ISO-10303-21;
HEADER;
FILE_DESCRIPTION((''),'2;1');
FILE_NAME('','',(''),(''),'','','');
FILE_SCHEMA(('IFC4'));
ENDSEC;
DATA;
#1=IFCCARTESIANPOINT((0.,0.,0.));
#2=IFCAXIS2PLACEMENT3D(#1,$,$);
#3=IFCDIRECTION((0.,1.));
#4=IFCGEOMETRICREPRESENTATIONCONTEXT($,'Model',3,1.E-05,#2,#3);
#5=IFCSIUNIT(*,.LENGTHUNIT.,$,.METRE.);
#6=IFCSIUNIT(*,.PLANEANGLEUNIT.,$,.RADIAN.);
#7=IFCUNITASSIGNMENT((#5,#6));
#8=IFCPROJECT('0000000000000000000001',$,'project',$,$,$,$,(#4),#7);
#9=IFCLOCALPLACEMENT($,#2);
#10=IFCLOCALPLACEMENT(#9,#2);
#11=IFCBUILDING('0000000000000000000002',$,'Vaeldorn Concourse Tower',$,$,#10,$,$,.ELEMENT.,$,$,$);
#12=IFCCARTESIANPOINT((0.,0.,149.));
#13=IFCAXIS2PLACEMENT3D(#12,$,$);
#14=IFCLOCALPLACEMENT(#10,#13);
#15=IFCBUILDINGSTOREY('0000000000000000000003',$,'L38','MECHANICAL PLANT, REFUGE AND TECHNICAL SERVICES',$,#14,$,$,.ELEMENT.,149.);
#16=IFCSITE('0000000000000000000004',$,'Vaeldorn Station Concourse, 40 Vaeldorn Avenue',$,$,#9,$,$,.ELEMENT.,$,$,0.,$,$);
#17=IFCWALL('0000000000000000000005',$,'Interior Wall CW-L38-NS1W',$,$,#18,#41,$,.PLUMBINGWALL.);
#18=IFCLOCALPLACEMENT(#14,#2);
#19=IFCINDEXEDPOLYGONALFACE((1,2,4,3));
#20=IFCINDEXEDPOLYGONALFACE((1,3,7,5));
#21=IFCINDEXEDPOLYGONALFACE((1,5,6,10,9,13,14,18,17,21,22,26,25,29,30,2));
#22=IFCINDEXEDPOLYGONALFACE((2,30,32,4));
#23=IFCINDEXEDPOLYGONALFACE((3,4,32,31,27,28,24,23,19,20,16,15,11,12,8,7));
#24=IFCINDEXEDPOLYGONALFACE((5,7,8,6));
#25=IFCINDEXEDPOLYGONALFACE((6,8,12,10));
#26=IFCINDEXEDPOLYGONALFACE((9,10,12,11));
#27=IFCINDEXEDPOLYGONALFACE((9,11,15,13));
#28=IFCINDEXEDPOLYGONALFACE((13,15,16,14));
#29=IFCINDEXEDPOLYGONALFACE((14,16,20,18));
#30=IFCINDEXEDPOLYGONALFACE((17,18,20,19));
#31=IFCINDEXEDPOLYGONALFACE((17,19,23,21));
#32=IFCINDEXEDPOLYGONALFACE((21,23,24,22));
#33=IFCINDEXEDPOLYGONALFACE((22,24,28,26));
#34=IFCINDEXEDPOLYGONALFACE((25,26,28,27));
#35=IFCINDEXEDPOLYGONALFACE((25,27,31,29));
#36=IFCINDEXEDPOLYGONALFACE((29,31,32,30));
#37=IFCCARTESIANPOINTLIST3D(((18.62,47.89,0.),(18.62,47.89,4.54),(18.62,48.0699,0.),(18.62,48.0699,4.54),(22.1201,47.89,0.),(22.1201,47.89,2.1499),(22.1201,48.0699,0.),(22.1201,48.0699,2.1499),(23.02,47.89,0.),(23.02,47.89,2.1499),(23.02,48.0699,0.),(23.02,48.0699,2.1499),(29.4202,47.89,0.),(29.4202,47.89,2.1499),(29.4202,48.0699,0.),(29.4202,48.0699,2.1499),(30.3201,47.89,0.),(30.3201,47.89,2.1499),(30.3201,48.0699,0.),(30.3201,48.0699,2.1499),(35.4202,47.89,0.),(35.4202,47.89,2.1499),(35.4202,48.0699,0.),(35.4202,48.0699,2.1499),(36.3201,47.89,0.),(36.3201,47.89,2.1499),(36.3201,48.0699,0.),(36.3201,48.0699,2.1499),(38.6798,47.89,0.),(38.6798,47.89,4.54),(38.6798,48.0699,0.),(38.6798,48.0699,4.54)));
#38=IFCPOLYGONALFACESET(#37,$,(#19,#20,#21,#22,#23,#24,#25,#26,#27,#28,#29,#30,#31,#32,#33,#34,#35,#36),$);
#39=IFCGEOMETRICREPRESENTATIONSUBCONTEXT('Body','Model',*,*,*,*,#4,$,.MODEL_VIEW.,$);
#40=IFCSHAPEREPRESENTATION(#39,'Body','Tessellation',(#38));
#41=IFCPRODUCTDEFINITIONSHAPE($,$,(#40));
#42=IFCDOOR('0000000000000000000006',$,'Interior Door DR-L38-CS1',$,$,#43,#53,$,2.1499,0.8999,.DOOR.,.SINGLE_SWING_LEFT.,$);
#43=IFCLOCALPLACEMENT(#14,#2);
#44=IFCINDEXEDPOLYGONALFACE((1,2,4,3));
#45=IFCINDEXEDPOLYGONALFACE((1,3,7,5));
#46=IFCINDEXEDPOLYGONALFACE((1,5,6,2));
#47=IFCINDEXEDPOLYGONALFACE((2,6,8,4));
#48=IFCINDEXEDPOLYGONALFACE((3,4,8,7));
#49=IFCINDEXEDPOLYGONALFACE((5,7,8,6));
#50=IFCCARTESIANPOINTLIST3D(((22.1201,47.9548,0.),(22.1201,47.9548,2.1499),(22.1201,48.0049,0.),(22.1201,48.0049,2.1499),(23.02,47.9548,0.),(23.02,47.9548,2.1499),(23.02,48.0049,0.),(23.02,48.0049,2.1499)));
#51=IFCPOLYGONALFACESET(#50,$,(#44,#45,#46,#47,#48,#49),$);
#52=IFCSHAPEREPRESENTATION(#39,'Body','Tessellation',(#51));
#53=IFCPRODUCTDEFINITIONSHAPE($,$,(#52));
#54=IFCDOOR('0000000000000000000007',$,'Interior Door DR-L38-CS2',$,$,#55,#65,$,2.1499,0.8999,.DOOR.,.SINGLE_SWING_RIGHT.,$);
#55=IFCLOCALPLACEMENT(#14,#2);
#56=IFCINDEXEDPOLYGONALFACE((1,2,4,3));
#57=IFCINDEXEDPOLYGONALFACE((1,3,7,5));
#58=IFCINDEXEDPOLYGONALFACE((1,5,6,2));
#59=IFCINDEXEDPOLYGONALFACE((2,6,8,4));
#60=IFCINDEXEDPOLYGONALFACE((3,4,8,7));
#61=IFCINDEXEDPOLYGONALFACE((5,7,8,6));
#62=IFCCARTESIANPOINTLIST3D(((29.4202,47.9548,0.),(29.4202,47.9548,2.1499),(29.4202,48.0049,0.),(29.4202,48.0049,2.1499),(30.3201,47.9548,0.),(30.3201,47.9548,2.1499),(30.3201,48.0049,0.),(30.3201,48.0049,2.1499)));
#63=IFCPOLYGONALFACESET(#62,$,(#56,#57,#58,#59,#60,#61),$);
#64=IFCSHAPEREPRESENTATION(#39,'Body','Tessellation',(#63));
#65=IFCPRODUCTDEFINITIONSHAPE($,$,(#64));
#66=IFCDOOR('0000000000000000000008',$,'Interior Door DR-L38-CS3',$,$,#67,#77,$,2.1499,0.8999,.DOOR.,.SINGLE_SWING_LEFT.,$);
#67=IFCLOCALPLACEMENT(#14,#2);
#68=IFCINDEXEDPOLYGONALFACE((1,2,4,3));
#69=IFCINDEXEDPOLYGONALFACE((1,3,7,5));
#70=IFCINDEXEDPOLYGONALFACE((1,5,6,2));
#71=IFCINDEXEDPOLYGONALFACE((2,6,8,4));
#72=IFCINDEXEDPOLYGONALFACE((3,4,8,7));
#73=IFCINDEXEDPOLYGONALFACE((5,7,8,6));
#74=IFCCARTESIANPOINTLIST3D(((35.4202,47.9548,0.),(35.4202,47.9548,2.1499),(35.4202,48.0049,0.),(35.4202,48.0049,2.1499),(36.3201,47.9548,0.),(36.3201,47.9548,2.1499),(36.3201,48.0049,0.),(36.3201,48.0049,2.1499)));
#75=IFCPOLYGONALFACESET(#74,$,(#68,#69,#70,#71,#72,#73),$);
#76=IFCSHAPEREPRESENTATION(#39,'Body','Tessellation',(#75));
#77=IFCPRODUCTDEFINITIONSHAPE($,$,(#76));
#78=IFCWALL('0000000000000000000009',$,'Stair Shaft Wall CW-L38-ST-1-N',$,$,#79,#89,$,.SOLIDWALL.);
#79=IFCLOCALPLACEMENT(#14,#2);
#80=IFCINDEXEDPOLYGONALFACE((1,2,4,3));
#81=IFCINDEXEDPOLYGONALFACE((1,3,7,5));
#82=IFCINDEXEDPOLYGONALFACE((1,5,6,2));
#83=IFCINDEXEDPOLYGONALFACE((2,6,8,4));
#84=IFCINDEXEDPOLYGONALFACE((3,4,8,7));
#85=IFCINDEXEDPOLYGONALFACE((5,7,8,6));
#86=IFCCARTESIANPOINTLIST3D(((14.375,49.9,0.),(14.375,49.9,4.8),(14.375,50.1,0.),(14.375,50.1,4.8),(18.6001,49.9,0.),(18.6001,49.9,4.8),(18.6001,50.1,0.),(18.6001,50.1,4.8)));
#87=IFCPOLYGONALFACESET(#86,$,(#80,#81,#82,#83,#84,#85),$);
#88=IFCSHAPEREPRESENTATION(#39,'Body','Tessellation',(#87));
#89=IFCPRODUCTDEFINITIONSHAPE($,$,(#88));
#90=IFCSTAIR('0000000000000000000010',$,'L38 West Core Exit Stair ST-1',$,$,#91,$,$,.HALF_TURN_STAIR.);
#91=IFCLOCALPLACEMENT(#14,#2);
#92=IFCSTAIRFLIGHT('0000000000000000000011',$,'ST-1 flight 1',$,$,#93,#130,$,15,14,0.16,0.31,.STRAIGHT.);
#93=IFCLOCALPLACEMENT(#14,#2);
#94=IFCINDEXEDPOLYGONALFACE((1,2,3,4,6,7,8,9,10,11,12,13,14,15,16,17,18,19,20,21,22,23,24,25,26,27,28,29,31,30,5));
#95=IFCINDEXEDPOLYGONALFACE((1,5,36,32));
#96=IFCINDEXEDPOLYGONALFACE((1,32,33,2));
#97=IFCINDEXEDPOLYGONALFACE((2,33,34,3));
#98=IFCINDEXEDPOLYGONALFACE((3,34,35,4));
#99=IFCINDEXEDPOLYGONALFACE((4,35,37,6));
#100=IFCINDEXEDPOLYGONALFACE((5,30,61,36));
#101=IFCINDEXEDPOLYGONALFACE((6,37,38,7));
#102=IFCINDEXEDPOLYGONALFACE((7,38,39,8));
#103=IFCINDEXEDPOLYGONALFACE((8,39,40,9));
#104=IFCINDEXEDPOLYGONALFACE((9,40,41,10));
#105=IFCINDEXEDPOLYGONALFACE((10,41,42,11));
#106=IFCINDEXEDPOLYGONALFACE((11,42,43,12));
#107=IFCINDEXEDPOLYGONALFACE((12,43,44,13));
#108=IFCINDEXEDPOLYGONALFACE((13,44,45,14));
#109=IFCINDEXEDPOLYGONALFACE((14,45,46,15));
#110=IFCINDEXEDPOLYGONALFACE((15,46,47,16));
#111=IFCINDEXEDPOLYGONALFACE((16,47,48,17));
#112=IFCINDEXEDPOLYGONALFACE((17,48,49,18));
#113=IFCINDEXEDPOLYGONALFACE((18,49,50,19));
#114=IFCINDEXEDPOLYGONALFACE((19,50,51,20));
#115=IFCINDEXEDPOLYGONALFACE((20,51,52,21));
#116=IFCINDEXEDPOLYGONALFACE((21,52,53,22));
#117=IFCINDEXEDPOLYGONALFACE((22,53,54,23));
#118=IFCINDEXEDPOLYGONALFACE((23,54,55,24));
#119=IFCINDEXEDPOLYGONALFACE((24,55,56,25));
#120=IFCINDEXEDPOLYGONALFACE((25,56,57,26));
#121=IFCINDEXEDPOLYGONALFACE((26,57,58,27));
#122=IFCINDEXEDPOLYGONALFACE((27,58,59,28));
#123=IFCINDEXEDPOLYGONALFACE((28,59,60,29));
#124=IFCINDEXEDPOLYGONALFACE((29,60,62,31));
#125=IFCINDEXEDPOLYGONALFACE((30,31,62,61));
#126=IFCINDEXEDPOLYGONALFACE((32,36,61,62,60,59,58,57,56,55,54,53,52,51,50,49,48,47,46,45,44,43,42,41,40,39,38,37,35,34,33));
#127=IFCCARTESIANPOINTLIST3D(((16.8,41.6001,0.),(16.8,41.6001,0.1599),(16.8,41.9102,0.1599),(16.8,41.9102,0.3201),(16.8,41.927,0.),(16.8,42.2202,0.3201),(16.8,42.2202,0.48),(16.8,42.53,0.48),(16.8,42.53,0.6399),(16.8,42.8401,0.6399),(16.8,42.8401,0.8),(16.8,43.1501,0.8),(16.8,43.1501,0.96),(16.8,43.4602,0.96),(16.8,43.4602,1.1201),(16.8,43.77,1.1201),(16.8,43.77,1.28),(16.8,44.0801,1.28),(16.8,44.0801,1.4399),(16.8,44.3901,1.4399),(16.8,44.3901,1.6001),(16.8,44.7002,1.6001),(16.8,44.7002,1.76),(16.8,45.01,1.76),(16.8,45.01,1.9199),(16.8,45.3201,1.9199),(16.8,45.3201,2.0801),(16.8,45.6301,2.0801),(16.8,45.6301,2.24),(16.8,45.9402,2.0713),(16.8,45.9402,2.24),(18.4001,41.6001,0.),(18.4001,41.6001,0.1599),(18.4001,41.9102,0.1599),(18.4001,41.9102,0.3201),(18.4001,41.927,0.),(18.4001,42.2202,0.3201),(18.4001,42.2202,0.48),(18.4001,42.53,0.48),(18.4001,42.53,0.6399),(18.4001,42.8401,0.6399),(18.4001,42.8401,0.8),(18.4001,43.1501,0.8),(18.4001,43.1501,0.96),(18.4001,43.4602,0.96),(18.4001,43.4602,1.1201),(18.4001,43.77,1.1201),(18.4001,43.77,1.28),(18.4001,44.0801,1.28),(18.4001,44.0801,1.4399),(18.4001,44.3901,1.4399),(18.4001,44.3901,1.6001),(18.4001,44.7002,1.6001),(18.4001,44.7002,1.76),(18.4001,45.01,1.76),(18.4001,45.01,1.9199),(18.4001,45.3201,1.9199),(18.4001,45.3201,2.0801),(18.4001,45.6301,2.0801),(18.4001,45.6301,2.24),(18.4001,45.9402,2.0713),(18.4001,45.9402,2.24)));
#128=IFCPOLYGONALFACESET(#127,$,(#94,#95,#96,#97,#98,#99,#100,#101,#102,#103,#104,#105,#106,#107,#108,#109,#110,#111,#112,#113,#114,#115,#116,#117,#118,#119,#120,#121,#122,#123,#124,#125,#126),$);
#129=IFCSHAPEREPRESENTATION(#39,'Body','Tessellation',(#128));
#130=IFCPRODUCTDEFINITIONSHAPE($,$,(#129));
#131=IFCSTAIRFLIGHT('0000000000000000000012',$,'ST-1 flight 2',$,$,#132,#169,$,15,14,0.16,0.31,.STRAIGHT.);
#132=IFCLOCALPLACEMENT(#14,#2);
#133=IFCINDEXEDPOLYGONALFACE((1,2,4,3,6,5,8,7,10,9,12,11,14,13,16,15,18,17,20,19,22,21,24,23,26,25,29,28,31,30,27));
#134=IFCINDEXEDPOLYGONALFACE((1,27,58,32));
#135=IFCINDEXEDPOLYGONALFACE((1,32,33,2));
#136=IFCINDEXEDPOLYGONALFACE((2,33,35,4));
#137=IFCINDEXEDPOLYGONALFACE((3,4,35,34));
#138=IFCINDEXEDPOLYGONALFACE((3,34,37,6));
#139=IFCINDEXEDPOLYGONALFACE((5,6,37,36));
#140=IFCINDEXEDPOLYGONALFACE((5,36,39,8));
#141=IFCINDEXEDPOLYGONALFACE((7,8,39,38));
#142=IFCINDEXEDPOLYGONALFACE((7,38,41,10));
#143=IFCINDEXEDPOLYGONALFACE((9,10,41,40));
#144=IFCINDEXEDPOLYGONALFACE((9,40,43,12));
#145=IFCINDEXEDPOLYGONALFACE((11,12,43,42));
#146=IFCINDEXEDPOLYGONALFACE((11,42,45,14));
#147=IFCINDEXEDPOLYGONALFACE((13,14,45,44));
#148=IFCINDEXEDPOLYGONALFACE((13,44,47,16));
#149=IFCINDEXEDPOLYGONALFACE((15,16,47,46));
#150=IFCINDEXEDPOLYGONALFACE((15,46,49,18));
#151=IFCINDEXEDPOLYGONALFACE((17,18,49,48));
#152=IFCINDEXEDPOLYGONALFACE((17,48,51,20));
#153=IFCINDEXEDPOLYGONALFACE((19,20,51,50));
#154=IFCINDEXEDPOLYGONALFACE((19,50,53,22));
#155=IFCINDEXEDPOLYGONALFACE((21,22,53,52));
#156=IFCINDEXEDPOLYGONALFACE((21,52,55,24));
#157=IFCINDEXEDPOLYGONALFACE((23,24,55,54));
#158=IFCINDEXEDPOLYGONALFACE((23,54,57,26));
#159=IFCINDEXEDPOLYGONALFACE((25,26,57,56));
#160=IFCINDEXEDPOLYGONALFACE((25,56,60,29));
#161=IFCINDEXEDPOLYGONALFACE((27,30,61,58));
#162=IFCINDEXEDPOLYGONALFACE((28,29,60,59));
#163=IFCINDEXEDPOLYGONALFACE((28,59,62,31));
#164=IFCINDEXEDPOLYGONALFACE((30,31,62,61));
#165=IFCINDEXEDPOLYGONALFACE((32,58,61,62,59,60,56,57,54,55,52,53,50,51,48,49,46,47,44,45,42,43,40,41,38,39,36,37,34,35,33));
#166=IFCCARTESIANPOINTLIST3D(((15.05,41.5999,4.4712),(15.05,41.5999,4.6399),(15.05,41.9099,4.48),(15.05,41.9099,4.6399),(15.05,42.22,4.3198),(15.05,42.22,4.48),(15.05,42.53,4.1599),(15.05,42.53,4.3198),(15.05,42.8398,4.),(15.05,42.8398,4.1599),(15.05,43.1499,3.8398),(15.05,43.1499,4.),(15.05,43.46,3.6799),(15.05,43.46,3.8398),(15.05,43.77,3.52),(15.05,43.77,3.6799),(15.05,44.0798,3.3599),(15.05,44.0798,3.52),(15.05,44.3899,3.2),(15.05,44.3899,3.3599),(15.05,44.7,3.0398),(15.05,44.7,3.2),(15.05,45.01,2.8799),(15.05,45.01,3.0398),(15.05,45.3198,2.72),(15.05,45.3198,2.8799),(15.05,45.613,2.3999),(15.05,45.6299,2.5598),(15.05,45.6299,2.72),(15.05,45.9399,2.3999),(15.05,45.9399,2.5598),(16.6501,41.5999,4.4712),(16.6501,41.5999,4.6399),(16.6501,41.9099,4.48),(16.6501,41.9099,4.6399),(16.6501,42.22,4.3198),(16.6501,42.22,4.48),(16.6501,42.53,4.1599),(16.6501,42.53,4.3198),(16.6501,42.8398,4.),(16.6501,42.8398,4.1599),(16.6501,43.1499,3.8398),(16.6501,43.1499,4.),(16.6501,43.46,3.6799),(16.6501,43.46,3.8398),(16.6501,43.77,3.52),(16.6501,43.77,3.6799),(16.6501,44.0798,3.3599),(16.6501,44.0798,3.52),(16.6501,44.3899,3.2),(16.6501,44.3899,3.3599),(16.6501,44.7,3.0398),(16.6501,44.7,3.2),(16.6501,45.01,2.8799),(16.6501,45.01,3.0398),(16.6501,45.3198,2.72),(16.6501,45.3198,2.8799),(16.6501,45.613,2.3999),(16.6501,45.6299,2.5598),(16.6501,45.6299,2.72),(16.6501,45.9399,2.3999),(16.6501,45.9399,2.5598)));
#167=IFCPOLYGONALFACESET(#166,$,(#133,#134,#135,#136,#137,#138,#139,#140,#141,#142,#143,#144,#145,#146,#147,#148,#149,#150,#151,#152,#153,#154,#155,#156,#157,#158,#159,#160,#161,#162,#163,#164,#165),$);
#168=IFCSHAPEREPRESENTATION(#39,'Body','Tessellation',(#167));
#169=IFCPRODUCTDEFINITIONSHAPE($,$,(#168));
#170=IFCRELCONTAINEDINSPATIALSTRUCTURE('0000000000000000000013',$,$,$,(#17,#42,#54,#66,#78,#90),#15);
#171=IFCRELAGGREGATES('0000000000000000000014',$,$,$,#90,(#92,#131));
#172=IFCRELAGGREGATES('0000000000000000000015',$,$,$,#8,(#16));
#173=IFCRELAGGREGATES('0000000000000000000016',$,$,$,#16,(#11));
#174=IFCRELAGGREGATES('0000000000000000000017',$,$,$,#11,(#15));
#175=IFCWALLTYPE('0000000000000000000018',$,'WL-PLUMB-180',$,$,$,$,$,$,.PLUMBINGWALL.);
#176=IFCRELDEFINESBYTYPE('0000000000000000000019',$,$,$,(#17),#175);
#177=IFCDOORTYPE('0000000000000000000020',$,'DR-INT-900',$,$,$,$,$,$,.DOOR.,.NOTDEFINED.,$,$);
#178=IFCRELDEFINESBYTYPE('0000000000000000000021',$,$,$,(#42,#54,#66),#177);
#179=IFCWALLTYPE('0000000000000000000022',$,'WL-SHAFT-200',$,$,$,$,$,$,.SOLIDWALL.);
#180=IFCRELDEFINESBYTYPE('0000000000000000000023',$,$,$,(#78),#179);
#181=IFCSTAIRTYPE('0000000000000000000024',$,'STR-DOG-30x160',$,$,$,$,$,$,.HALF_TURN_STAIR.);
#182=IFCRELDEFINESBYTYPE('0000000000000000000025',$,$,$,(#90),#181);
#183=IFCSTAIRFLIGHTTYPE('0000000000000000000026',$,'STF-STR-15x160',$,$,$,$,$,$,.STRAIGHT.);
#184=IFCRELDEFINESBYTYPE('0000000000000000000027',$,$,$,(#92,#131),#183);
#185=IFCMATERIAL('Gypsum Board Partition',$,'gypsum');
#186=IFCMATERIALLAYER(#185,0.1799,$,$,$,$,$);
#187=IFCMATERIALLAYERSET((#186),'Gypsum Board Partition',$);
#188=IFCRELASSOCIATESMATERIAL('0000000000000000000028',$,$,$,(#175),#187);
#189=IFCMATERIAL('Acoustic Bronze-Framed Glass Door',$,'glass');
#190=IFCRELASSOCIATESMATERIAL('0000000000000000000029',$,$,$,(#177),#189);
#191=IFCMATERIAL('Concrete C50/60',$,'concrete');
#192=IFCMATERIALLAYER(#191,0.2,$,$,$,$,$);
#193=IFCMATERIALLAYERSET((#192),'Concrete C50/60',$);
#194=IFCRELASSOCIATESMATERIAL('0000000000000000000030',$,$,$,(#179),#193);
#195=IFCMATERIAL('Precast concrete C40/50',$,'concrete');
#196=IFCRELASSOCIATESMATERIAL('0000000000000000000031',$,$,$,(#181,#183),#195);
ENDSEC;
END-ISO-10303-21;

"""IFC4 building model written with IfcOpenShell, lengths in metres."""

from ifc_helpers import new_model, si_unit, direction, frame, frame_2d, origin, place, context, subcontext, project, spatial, polyline, rectangle, outline, extrude, source, transform, mapped, material, layer, layer_set, type_object, element, fill, aggregate, save


model = new_model("IFC4")

# Units and contexts
model_context = context("Model", 3, precision=1e-05, world=origin(), true_north=direction((0.0, 1.0)))
body_context = subcontext(model_context, "Body", "Model", "MODEL_VIEW")
ifc_project = project(units=[si_unit("LENGTHUNIT", "METRE"), si_unit("PLANEANGLEUNIT", "RADIAN")], contexts=[model_context])

# Site, building, storey
site_placement = place(None, origin())
site = spatial("IfcSite", under=ifc_project, at=site_placement, Name="Vaeldorn Station Concourse, 40 Vaeldorn Avenue", CompositionType="ELEMENT", RefElevation=0.0)
building_placement = place(site_placement, origin())
building = spatial("IfcBuilding", under=site, at=building_placement, Name="Vaeldorn Concourse Tower", CompositionType="ELEMENT")
storey_placement = place(building_placement, frame((0.0, 0.0, 149.0)))
storey = spatial("IfcBuildingStorey", under=building, at=storey_placement, Name="L38", Description="MECHANICAL PLANT, REFUGE AND TECHNICAL SERVICES", CompositionType="ELEMENT", Elevation=149.0)

# Wall, openings, doors
ifc_material_1 = material(Name="Gypsum Board Partition", Category="gypsum")
ifc_layer_1 = layer(ifc_material_1, 0.1799)
ifc_layer_set_1 = layer_set([ifc_layer_1], Name="Gypsum Board Partition")
wall_type_1 = type_object("IfcWallType", Name="WL-PLUMB-180", PredefinedType="PLUMBINGWALL", material=ifc_layer_set_1)
wall_1_placement = place(storey_placement, frame((18.6201, 47.98, 0.0), z_axis=(0.0, 0.0, 1.0), x_axis=(1.0, 0.0, 0.0)))
wall_1 = element("IfcWall", 1, at=wall_1_placement, inside=storey, type_object=wall_type_1, Name="Interior Wall CW-L38-NS1W", PredefinedType="PLUMBINGWALL", context=body_context, shape_type="SweptSolid", body=[
    extrude(rectangle(XDim=20.0598, YDim=0.1799, at=frame_2d((10.0298, 0.0))), origin(), (0.0, 0.0, 1.0), 4.54),
])
opening_1_placement = place(wall_1_placement, frame((3.5, 0.0, 0.0)))
opening_1 = element("IfcOpeningElement", 2, at=opening_1_placement, cuts=wall_1, PredefinedType="OPENING", context=body_context, shape_type="SweptSolid", body=[
    extrude(rectangle(XDim=0.8999, YDim=2.1499, at=frame_2d((0.45, 1.075))), frame((0.0, 0.1001, 0.0), z_axis=(0.0, -1.0, 0.0), x_axis=(1.0, 0.0, 0.0)), (0.0, 0.0, 1.0), 0.2),
])
opening_2_placement = place(wall_1_placement, frame((10.8, 0.0, 0.0)))
opening_2 = element("IfcOpeningElement", 3, at=opening_2_placement, cuts=wall_1, PredefinedType="OPENING", context=body_context, shape_type="SweptSolid", body=[
    extrude(rectangle(XDim=0.8999, YDim=2.1499, at=frame_2d((0.45, 1.075))), frame((0.0, 0.1001, 0.0), z_axis=(0.0, -1.0, 0.0), x_axis=(1.0, 0.0, 0.0)), (0.0, 0.0, 1.0), 0.2),
])
opening_3_placement = place(wall_1_placement, frame((16.8, 0.0, 0.0)))
opening_3 = element("IfcOpeningElement", 4, at=opening_3_placement, cuts=wall_1, PredefinedType="OPENING", context=body_context, shape_type="SweptSolid", body=[
    extrude(rectangle(XDim=0.8999, YDim=2.1499, at=frame_2d((0.45, 1.075))), frame((0.0, 0.1001, 0.0), z_axis=(0.0, -1.0, 0.0), x_axis=(1.0, 0.0, 0.0)), (0.0, 0.0, 1.0), 0.2),
])
ifc_material_2 = material(Name="Acoustic Bronze-Framed Glass Door", Category="glass")
door_type = type_object("IfcDoorType", Name="DR-INT-900", OperationType="NOTDEFINED", PredefinedType="DOOR", material=ifc_material_2)
shared_shape_1 = source(origin(), body_context, "Body", "SweptSolid", [
    extrude(rectangle(XDim=0.8999, YDim=2.1499, at=frame_2d((0.45, 1.075))), frame((0.0, 0.0249, 0.0), z_axis=(0.0, -1.0, 0.0), x_axis=(1.0, 0.0, 0.0)), (0.0, 0.0, 1.0), 0.05),
])
door_1_placement = place(opening_1_placement, origin())
door_1 = element("IfcDoor", 5, at=door_1_placement, inside=storey, type_object=door_type, Name="Interior Door DR-L38-CS1", OperationType="SINGLE_SWING_LEFT", OverallHeight=2.1499, OverallWidth=0.8999, PredefinedType="DOOR", context=body_context, shape_type="MappedRepresentation", body=[
    mapped(shared_shape_1, transform((0.0, 0.0, 0.0), scale=1.0)),
])
fill(opening_1, door_1)
door_2_placement = place(opening_2_placement, origin())
door_2 = element("IfcDoor", 6, at=door_2_placement, inside=storey, type_object=door_type, Name="Interior Door DR-L38-CS2", OperationType="SINGLE_SWING_RIGHT", OverallHeight=2.1499, OverallWidth=0.8999, PredefinedType="DOOR", context=body_context, shape_type="MappedRepresentation", body=[
    mapped(shared_shape_1, transform((0.0, 0.0, 0.0), scale=1.0)),
])
fill(opening_2, door_2)
door_3_placement = place(opening_3_placement, origin())
door_3 = element("IfcDoor", 7, at=door_3_placement, inside=storey, type_object=door_type, Name="Interior Door DR-L38-CS3", OperationType="SINGLE_SWING_LEFT", OverallHeight=2.1499, OverallWidth=0.8999, PredefinedType="DOOR", context=body_context, shape_type="MappedRepresentation", body=[
    mapped(shared_shape_1, transform((0.0, 0.0, 0.0), scale=1.0)),
])
fill(opening_3, door_3)

# Wall
ifc_material_3 = material(Name="Concrete C50/60", Category="concrete")
ifc_layer_2 = layer(ifc_material_3, 0.2)
ifc_layer_set_2 = layer_set([ifc_layer_2], Name="Concrete C50/60")
wall_type_2 = type_object("IfcWallType", Name="WL-SHAFT-200", PredefinedType="SOLIDWALL", material=ifc_layer_set_2)
wall_2_placement = place(storey_placement, frame((14.375, 50.0, 0.0), z_axis=(0.0, 0.0, 1.0), x_axis=(1.0, 0.0, 0.0)))
element("IfcWall", 8, at=wall_2_placement, inside=storey, type_object=wall_type_2, Name="Stair Shaft Wall CW-L38-ST-1-N", PredefinedType="SOLIDWALL", context=body_context, shape_type="SweptSolid", body=[
    extrude(rectangle(XDim=4.2251, YDim=0.2, at=frame_2d((2.1125, 0.0))), origin(), (0.0, 0.0, 1.0), 4.8),
])

# Stair, stair flights
ifc_material_4 = material(Name="Precast concrete C40/50", Category="concrete")
stair_type = type_object("IfcStairType", Name="STR-DOG-30x160", PredefinedType="HALF_TURN_STAIR", material=ifc_material_4)
stair_placement = place(storey_placement, origin())
stair = element("IfcStair", 9, at=stair_placement, inside=storey, type_object=stair_type, Name="L38 West Core Exit Stair ST-1", PredefinedType="HALF_TURN_STAIR")
stair_flight_type = type_object("IfcStairFlightType", Name="STF-STR-15x160", PredefinedType="STRAIGHT", material=ifc_material_4)
stair_flight_1_placement = place(storey_placement, frame((17.6001, 41.6001, 0.0), z_axis=(0.0, 0.0, 1.0), x_axis=(0.0, 1.0, 0.0)))
stair_flight_1 = element("IfcStairFlight", 10, at=stair_flight_1_placement, type_object=stair_flight_type, Name="ST-1 flight 1", NumberOfRisers=15, NumberOfTreads=14, PredefinedType="STRAIGHT", RiserHeight=0.16, TreadLength=0.31, context=body_context, shape_type="SweptSolid", body=[
    extrude(outline(polyline([(0.0, 0.0), (0.0, 0.1599), (0.3101, 0.1599), (0.3101, 0.3201), (0.6201, 0.3201), (0.6201, 0.48), (0.9299, 0.48), (0.9299, 0.6399), (1.24, 0.6399), (1.24, 0.8), (1.55, 0.8), (1.55, 0.96), (1.8601, 0.96), (1.8601, 1.1201), (2.1699, 1.1201), (2.1699, 1.28), (2.48, 1.28), (2.48, 1.4399), (2.79, 1.4399), (2.79, 1.6001), (3.1001, 1.6001), (3.1001, 1.76), (3.4099, 1.76), (3.4099, 1.9199), (3.72, 1.9199), (3.72, 2.0801), (4.03, 2.0801), (4.03, 2.24), (4.3401, 2.24), (4.3401, 2.3999), (4.3401, 2.0713), (0.3269, 0.0), (0.0, 0.0)])), frame((0.0, 0.8, 0.0), z_axis=(0.0, -1.0, 0.0), x_axis=(1.0, 0.0, 0.0)), (0.0, 0.0, 1.0), 1.6001),
])
stair_flight_2_placement = place(storey_placement, frame((15.8501, 45.9399, 2.3999), z_axis=(0.0, 0.0, 1.0), x_axis=(0.0, -1.0, 0.0)))
stair_flight_2 = element("IfcStairFlight", 11, at=stair_flight_2_placement, type_object=stair_flight_type, Name="ST-1 flight 2", NumberOfRisers=15, NumberOfTreads=14, PredefinedType="STRAIGHT", RiserHeight=0.16, TreadLength=0.31, context=body_context, shape_type="SweptSolid", body=[
    extrude(outline(polyline([(0.0, 0.0), (0.0, 0.1599), (0.3101, 0.1599), (0.3101, 0.3201), (0.6201, 0.3201), (0.6201, 0.48), (0.9299, 0.48), (0.9299, 0.6399), (1.24, 0.6399), (1.24, 0.8), (1.55, 0.8), (1.55, 0.96), (1.8601, 0.96), (1.8601, 1.1201), (2.1699, 1.1201), (2.1699, 1.28), (2.48, 1.28), (2.48, 1.4399), (2.79, 1.4399), (2.79, 1.6001), (3.1001, 1.6001), (3.1001, 1.76), (3.4099, 1.76), (3.4099, 1.9199), (3.72, 1.9199), (3.72, 2.0801), (4.03, 2.0801), (4.03, 2.24), (4.3401, 2.24), (4.3401, 2.3999), (4.3401, 2.0713), (0.3269, 0.0), (0.0, 0.0)])), frame((0.0, 0.8, 0.0), z_axis=(0.0, -1.0, 0.0), x_axis=(1.0, 0.0, 0.0)), (0.0, 0.0, 1.0), 1.6001),
])
aggregate(stair, [stair_flight_1, stair_flight_2])

save(model, "model.ifc")
